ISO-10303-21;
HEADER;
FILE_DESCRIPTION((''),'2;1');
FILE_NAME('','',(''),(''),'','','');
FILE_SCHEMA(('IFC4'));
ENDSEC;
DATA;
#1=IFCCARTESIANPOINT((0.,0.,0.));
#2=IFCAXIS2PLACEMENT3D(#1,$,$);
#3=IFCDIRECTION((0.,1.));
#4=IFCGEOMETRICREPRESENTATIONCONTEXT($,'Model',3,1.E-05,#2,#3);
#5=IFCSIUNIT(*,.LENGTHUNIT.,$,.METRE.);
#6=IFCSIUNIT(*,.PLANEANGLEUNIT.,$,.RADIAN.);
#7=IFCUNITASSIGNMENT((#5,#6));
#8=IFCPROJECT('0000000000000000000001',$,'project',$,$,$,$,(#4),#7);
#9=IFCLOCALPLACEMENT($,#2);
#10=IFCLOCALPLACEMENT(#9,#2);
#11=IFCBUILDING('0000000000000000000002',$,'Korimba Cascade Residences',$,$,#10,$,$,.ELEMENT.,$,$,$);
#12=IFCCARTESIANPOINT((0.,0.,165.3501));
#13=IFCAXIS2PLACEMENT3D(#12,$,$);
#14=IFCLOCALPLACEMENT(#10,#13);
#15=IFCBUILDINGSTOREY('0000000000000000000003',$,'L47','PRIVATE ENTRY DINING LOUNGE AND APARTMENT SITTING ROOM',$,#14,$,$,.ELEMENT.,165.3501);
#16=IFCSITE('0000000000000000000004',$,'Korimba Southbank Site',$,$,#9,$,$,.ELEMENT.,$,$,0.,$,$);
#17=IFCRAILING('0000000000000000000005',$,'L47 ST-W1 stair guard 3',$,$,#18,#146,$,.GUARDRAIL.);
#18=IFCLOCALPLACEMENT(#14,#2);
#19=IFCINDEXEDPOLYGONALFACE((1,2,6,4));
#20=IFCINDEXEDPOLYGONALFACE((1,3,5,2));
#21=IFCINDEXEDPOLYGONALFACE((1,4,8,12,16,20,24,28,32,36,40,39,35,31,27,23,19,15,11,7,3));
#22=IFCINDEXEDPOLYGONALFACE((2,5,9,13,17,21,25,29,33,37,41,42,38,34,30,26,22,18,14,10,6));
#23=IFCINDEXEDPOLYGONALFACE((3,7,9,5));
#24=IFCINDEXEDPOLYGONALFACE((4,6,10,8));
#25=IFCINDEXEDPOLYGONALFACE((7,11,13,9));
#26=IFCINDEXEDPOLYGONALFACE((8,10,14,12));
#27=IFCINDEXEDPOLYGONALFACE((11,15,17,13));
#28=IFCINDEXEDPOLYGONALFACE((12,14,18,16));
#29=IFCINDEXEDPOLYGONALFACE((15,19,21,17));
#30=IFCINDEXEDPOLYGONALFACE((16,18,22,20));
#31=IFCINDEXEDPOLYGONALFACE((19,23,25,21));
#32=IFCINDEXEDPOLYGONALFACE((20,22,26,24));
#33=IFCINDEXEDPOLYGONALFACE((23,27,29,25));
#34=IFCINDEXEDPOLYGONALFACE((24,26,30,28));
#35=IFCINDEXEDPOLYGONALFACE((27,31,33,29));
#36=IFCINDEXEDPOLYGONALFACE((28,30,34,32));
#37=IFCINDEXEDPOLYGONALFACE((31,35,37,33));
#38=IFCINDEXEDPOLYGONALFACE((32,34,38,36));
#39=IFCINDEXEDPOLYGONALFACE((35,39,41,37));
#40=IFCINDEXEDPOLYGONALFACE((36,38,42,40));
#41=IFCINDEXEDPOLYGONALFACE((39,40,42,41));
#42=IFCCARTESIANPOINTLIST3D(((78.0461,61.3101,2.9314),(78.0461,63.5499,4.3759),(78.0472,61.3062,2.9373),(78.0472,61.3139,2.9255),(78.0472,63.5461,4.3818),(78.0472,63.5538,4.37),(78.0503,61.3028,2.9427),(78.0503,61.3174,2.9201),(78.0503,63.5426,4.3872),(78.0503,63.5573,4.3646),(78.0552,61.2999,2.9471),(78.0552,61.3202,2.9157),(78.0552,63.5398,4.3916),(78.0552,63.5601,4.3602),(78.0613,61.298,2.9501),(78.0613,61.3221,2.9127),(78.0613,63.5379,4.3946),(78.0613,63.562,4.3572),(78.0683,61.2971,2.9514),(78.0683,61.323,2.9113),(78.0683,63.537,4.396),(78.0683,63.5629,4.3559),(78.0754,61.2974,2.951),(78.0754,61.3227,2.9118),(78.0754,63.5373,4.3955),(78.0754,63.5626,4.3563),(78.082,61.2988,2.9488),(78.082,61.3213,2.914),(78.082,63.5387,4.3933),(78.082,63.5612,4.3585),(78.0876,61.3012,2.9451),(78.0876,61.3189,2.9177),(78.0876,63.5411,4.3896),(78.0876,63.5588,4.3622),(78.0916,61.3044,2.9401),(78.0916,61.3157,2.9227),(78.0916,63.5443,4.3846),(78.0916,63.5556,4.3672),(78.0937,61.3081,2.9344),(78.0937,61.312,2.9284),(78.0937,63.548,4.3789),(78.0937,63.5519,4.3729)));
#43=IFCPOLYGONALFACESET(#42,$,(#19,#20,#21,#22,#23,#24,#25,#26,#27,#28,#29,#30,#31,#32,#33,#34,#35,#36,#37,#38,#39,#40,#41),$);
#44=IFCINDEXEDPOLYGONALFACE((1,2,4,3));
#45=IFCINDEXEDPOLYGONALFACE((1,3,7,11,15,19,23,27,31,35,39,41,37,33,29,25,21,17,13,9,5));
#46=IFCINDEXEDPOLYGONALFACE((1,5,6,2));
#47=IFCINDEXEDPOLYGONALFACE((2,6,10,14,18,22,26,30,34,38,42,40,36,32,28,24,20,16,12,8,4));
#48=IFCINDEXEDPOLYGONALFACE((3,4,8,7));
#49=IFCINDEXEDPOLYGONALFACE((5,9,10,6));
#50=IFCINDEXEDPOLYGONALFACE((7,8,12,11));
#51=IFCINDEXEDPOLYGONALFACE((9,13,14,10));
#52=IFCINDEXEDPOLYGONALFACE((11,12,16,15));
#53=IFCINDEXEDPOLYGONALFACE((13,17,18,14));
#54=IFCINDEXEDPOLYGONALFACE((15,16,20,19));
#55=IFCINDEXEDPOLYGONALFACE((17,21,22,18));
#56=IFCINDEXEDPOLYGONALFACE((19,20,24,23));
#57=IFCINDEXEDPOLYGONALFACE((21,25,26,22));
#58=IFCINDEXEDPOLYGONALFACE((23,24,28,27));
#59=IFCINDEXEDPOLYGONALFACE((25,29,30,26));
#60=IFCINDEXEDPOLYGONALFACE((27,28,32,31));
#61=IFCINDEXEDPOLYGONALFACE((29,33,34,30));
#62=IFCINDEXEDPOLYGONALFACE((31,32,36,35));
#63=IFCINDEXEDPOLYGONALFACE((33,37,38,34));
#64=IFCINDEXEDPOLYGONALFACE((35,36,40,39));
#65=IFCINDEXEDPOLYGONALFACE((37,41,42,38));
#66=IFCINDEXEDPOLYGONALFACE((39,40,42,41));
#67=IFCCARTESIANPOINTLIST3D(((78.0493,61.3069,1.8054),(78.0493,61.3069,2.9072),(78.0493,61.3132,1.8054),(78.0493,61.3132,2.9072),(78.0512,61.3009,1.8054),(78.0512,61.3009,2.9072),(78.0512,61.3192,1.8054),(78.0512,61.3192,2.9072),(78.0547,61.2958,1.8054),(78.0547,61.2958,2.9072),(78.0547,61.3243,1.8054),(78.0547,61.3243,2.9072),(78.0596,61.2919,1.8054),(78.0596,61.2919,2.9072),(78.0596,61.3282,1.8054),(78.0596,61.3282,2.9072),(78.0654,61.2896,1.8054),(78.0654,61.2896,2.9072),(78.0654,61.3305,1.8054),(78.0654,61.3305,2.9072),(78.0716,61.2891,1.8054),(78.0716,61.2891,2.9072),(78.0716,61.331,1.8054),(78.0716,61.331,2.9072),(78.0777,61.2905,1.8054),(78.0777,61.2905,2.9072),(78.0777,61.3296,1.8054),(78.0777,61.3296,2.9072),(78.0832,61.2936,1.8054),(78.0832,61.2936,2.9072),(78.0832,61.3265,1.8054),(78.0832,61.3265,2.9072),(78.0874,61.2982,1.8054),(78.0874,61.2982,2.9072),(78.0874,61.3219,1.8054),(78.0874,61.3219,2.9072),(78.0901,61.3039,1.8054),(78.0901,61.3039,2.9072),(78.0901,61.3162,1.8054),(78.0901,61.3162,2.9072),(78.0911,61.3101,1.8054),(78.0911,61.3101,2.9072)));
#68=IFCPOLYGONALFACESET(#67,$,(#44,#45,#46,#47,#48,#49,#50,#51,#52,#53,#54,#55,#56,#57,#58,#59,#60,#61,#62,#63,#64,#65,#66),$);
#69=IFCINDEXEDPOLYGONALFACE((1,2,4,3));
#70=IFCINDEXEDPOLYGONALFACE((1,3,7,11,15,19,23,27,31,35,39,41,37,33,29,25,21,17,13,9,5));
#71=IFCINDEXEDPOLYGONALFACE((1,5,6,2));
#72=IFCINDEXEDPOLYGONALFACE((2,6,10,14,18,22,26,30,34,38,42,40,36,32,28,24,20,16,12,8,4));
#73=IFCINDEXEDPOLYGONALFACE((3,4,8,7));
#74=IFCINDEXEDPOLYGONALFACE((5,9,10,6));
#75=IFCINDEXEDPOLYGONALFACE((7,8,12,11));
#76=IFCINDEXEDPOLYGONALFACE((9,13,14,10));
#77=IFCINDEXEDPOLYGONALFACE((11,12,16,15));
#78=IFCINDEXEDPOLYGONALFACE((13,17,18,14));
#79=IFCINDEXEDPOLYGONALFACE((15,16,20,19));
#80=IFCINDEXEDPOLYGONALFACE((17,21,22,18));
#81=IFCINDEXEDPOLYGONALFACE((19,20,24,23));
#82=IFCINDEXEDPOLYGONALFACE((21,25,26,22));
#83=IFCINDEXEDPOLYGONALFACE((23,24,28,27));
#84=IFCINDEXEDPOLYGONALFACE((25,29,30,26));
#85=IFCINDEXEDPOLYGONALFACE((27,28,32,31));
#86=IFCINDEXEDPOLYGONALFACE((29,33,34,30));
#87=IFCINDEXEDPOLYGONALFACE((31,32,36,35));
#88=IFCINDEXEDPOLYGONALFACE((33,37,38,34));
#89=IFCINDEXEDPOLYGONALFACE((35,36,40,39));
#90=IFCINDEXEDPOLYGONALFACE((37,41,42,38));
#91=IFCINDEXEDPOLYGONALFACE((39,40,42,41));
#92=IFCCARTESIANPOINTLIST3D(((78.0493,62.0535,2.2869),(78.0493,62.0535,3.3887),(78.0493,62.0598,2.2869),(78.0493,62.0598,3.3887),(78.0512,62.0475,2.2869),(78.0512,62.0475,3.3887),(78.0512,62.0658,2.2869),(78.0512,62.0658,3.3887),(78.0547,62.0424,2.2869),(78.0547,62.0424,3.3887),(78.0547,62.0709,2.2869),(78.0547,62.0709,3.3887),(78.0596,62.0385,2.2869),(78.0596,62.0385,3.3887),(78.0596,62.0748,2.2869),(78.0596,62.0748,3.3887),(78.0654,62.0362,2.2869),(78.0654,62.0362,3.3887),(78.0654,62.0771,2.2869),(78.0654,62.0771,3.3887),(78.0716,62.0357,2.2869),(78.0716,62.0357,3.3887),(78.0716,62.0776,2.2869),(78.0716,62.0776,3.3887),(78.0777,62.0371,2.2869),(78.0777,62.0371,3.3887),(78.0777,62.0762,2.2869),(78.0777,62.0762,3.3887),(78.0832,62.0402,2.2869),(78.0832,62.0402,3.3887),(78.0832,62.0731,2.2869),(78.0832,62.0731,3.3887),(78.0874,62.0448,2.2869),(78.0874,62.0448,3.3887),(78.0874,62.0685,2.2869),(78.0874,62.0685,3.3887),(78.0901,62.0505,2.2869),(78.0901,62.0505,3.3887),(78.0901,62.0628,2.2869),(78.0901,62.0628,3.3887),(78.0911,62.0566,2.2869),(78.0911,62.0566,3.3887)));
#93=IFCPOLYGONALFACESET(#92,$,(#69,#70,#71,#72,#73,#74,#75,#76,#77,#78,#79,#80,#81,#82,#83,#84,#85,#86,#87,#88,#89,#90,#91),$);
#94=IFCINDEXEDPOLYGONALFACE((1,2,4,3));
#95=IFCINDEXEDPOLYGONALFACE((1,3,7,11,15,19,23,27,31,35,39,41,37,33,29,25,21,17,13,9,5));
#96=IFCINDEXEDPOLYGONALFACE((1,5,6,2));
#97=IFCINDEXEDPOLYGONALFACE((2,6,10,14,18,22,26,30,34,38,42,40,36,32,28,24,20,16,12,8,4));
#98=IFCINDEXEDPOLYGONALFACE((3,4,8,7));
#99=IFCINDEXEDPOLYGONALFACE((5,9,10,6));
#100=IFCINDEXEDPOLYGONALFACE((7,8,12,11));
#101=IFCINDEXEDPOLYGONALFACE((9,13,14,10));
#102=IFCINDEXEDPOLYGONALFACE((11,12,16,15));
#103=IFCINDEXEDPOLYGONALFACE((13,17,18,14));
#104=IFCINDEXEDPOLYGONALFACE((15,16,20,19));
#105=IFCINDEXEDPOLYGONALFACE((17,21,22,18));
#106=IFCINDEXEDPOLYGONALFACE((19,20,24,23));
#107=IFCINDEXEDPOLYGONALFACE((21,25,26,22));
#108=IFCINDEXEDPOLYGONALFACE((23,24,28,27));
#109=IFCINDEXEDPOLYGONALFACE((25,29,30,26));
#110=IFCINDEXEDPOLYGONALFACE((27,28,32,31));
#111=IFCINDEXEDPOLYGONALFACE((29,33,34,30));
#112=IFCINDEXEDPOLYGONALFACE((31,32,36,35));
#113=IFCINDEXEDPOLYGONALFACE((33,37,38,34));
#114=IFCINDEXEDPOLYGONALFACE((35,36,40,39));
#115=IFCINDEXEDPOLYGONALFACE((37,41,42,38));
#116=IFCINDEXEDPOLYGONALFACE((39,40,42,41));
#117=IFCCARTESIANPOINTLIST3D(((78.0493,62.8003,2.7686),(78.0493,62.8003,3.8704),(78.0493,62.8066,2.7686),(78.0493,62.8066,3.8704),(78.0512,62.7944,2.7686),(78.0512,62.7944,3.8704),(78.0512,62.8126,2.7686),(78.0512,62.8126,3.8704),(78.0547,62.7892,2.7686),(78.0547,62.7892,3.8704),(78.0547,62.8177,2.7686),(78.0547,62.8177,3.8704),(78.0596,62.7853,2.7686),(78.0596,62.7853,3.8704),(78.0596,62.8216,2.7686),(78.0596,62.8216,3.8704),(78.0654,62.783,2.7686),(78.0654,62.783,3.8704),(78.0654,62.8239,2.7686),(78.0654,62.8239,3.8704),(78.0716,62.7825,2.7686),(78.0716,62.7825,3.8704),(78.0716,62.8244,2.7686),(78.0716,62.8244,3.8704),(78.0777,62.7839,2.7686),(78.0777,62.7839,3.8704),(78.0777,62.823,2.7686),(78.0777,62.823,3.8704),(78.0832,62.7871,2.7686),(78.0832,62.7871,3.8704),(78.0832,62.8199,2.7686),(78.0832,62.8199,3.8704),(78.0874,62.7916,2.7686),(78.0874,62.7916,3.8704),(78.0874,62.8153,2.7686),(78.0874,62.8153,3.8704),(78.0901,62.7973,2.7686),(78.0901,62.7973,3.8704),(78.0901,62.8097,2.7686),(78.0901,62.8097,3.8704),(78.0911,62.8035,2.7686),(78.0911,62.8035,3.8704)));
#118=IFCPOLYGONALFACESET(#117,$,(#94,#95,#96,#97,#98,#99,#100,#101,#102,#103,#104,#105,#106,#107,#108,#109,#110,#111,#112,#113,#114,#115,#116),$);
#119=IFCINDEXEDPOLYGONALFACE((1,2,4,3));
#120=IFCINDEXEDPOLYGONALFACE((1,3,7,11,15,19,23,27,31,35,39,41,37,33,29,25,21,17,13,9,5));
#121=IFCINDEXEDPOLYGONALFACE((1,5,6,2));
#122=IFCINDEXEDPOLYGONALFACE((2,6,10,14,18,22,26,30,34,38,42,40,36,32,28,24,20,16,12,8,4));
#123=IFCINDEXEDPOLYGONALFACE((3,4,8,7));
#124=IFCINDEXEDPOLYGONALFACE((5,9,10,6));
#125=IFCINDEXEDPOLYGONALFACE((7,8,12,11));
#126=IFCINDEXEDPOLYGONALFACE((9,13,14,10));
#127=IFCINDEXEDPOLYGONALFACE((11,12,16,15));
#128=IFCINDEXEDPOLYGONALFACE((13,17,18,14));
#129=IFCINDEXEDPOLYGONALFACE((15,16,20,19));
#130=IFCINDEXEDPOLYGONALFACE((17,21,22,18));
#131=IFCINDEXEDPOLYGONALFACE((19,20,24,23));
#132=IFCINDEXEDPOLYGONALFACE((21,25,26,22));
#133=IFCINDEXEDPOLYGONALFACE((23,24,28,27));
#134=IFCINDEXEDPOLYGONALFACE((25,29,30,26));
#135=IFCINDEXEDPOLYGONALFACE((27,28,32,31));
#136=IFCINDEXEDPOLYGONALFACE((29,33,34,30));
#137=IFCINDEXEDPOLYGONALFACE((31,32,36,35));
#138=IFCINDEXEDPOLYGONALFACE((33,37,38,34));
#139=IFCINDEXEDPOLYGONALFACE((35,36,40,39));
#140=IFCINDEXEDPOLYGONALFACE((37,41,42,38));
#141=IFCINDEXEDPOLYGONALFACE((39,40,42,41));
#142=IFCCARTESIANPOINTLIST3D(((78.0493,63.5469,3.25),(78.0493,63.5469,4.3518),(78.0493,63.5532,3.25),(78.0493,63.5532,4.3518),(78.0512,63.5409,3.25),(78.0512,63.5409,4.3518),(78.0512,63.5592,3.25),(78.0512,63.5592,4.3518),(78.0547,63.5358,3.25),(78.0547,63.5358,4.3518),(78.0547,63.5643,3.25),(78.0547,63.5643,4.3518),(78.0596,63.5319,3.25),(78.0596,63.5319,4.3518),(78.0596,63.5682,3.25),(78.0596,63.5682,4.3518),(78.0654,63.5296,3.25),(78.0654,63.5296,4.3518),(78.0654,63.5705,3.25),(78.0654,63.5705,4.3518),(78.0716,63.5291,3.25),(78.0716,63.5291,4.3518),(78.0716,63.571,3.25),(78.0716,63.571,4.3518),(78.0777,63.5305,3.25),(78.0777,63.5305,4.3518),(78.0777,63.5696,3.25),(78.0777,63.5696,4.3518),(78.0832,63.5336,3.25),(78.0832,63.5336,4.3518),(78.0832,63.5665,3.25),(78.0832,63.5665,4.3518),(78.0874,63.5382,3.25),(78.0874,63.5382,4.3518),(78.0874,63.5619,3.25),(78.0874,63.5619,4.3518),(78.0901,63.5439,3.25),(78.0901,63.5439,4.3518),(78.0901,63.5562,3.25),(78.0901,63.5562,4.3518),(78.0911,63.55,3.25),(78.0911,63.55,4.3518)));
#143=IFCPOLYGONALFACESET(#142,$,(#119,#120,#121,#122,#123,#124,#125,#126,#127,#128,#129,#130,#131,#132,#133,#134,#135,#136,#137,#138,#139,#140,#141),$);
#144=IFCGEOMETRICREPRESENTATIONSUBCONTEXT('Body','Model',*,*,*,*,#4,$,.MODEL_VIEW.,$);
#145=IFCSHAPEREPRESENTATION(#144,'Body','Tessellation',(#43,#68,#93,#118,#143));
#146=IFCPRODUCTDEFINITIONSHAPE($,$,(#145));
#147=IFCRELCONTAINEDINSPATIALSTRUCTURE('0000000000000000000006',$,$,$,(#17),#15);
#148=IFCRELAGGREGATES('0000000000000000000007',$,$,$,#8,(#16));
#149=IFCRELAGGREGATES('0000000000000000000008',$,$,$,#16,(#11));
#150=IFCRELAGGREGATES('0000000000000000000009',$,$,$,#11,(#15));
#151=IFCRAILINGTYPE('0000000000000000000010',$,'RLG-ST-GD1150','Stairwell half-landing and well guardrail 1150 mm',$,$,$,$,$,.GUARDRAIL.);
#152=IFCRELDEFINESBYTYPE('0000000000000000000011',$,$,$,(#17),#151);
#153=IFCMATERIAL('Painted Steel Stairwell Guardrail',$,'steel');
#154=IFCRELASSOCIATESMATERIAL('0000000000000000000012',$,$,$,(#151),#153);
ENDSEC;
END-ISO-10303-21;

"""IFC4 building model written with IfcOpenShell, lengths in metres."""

from ifc_helpers import new_model, si_unit, direction, frame, origin, origin_2d, place, context, subcontext, project, spatial, circle, extrude, material, type_object, element, save


model = new_model("IFC4")

# Units and contexts
model_context = context("Model", 3, precision=1e-05, world=origin(), true_north=direction((0.0, 1.0)))
body_context = subcontext(model_context, "Body", "Model", "MODEL_VIEW")
ifc_project = project(units=[si_unit("LENGTHUNIT", "METRE"), si_unit("PLANEANGLEUNIT", "RADIAN")], contexts=[model_context])

# Site, building, storey
site_placement = place(None, origin())
site = spatial("IfcSite", under=ifc_project, at=site_placement, Name="Korimba Southbank Site", CompositionType="ELEMENT", RefElevation=0.0)
building_placement = place(site_placement, origin())
building = spatial("IfcBuilding", under=site, at=building_placement, Name="Korimba Cascade Residences", CompositionType="ELEMENT")
storey_placement = place(building_placement, frame((0.0, 0.0, 165.3501)))
storey = spatial("IfcBuildingStorey", under=building, at=storey_placement, Name="L47", Description="PRIVATE ENTRY DINING LOUNGE AND APARTMENT SITTING ROOM", CompositionType="ELEMENT", Elevation=165.3501)

# Railing
ifc_material_1 = material(Name="Painted Steel Stairwell Guardrail", Category="steel")
railing_type_1 = type_object("IfcRailingType", Name="RLG-ST-GD1150", Description="Stairwell half-landing and well guardrail 1150 mm", PredefinedType="GUARDRAIL", material=ifc_material_1)
railing_1_placement = place(storey_placement, frame((78.0701, 61.3101, 1.8054)))
element("IfcRailing", 1, at=railing_1_placement, inside=storey, type_object=railing_type_1, Name="L47 ST-W1 stair guard 3", PredefinedType="GUARDRAIL", context=body_context, shape_type="SweptSolid", body=[
    extrude(circle(Radius=0.0239, at=origin_2d()), frame((0.0, 0.0, 1.126), z_axis=(0.0, 0.840395, 0.541975), x_axis=(-1.0, 0.0, 0.0)), (0.0, 0.0, 1.0), 2.6653),
    extrude(circle(Radius=0.021, at=origin_2d()), origin(), (0.0, 0.0, 1.0), 1.1018),
    extrude(circle(Radius=0.021, at=origin_2d()), frame((0.0, 0.7466, 0.4814)), (0.0, 0.0, 1.0), 1.1018),
    extrude(circle(Radius=0.021, at=origin_2d()), frame((0.0, 1.4934, 0.9631)), (0.0, 0.0, 1.0), 1.1018),
    extrude(circle(Radius=0.021, at=origin_2d()), frame((0.0, 2.24, 1.4446)), (0.0, 0.0, 1.0), 1.1018),
])

save(model, "model.ifc")
